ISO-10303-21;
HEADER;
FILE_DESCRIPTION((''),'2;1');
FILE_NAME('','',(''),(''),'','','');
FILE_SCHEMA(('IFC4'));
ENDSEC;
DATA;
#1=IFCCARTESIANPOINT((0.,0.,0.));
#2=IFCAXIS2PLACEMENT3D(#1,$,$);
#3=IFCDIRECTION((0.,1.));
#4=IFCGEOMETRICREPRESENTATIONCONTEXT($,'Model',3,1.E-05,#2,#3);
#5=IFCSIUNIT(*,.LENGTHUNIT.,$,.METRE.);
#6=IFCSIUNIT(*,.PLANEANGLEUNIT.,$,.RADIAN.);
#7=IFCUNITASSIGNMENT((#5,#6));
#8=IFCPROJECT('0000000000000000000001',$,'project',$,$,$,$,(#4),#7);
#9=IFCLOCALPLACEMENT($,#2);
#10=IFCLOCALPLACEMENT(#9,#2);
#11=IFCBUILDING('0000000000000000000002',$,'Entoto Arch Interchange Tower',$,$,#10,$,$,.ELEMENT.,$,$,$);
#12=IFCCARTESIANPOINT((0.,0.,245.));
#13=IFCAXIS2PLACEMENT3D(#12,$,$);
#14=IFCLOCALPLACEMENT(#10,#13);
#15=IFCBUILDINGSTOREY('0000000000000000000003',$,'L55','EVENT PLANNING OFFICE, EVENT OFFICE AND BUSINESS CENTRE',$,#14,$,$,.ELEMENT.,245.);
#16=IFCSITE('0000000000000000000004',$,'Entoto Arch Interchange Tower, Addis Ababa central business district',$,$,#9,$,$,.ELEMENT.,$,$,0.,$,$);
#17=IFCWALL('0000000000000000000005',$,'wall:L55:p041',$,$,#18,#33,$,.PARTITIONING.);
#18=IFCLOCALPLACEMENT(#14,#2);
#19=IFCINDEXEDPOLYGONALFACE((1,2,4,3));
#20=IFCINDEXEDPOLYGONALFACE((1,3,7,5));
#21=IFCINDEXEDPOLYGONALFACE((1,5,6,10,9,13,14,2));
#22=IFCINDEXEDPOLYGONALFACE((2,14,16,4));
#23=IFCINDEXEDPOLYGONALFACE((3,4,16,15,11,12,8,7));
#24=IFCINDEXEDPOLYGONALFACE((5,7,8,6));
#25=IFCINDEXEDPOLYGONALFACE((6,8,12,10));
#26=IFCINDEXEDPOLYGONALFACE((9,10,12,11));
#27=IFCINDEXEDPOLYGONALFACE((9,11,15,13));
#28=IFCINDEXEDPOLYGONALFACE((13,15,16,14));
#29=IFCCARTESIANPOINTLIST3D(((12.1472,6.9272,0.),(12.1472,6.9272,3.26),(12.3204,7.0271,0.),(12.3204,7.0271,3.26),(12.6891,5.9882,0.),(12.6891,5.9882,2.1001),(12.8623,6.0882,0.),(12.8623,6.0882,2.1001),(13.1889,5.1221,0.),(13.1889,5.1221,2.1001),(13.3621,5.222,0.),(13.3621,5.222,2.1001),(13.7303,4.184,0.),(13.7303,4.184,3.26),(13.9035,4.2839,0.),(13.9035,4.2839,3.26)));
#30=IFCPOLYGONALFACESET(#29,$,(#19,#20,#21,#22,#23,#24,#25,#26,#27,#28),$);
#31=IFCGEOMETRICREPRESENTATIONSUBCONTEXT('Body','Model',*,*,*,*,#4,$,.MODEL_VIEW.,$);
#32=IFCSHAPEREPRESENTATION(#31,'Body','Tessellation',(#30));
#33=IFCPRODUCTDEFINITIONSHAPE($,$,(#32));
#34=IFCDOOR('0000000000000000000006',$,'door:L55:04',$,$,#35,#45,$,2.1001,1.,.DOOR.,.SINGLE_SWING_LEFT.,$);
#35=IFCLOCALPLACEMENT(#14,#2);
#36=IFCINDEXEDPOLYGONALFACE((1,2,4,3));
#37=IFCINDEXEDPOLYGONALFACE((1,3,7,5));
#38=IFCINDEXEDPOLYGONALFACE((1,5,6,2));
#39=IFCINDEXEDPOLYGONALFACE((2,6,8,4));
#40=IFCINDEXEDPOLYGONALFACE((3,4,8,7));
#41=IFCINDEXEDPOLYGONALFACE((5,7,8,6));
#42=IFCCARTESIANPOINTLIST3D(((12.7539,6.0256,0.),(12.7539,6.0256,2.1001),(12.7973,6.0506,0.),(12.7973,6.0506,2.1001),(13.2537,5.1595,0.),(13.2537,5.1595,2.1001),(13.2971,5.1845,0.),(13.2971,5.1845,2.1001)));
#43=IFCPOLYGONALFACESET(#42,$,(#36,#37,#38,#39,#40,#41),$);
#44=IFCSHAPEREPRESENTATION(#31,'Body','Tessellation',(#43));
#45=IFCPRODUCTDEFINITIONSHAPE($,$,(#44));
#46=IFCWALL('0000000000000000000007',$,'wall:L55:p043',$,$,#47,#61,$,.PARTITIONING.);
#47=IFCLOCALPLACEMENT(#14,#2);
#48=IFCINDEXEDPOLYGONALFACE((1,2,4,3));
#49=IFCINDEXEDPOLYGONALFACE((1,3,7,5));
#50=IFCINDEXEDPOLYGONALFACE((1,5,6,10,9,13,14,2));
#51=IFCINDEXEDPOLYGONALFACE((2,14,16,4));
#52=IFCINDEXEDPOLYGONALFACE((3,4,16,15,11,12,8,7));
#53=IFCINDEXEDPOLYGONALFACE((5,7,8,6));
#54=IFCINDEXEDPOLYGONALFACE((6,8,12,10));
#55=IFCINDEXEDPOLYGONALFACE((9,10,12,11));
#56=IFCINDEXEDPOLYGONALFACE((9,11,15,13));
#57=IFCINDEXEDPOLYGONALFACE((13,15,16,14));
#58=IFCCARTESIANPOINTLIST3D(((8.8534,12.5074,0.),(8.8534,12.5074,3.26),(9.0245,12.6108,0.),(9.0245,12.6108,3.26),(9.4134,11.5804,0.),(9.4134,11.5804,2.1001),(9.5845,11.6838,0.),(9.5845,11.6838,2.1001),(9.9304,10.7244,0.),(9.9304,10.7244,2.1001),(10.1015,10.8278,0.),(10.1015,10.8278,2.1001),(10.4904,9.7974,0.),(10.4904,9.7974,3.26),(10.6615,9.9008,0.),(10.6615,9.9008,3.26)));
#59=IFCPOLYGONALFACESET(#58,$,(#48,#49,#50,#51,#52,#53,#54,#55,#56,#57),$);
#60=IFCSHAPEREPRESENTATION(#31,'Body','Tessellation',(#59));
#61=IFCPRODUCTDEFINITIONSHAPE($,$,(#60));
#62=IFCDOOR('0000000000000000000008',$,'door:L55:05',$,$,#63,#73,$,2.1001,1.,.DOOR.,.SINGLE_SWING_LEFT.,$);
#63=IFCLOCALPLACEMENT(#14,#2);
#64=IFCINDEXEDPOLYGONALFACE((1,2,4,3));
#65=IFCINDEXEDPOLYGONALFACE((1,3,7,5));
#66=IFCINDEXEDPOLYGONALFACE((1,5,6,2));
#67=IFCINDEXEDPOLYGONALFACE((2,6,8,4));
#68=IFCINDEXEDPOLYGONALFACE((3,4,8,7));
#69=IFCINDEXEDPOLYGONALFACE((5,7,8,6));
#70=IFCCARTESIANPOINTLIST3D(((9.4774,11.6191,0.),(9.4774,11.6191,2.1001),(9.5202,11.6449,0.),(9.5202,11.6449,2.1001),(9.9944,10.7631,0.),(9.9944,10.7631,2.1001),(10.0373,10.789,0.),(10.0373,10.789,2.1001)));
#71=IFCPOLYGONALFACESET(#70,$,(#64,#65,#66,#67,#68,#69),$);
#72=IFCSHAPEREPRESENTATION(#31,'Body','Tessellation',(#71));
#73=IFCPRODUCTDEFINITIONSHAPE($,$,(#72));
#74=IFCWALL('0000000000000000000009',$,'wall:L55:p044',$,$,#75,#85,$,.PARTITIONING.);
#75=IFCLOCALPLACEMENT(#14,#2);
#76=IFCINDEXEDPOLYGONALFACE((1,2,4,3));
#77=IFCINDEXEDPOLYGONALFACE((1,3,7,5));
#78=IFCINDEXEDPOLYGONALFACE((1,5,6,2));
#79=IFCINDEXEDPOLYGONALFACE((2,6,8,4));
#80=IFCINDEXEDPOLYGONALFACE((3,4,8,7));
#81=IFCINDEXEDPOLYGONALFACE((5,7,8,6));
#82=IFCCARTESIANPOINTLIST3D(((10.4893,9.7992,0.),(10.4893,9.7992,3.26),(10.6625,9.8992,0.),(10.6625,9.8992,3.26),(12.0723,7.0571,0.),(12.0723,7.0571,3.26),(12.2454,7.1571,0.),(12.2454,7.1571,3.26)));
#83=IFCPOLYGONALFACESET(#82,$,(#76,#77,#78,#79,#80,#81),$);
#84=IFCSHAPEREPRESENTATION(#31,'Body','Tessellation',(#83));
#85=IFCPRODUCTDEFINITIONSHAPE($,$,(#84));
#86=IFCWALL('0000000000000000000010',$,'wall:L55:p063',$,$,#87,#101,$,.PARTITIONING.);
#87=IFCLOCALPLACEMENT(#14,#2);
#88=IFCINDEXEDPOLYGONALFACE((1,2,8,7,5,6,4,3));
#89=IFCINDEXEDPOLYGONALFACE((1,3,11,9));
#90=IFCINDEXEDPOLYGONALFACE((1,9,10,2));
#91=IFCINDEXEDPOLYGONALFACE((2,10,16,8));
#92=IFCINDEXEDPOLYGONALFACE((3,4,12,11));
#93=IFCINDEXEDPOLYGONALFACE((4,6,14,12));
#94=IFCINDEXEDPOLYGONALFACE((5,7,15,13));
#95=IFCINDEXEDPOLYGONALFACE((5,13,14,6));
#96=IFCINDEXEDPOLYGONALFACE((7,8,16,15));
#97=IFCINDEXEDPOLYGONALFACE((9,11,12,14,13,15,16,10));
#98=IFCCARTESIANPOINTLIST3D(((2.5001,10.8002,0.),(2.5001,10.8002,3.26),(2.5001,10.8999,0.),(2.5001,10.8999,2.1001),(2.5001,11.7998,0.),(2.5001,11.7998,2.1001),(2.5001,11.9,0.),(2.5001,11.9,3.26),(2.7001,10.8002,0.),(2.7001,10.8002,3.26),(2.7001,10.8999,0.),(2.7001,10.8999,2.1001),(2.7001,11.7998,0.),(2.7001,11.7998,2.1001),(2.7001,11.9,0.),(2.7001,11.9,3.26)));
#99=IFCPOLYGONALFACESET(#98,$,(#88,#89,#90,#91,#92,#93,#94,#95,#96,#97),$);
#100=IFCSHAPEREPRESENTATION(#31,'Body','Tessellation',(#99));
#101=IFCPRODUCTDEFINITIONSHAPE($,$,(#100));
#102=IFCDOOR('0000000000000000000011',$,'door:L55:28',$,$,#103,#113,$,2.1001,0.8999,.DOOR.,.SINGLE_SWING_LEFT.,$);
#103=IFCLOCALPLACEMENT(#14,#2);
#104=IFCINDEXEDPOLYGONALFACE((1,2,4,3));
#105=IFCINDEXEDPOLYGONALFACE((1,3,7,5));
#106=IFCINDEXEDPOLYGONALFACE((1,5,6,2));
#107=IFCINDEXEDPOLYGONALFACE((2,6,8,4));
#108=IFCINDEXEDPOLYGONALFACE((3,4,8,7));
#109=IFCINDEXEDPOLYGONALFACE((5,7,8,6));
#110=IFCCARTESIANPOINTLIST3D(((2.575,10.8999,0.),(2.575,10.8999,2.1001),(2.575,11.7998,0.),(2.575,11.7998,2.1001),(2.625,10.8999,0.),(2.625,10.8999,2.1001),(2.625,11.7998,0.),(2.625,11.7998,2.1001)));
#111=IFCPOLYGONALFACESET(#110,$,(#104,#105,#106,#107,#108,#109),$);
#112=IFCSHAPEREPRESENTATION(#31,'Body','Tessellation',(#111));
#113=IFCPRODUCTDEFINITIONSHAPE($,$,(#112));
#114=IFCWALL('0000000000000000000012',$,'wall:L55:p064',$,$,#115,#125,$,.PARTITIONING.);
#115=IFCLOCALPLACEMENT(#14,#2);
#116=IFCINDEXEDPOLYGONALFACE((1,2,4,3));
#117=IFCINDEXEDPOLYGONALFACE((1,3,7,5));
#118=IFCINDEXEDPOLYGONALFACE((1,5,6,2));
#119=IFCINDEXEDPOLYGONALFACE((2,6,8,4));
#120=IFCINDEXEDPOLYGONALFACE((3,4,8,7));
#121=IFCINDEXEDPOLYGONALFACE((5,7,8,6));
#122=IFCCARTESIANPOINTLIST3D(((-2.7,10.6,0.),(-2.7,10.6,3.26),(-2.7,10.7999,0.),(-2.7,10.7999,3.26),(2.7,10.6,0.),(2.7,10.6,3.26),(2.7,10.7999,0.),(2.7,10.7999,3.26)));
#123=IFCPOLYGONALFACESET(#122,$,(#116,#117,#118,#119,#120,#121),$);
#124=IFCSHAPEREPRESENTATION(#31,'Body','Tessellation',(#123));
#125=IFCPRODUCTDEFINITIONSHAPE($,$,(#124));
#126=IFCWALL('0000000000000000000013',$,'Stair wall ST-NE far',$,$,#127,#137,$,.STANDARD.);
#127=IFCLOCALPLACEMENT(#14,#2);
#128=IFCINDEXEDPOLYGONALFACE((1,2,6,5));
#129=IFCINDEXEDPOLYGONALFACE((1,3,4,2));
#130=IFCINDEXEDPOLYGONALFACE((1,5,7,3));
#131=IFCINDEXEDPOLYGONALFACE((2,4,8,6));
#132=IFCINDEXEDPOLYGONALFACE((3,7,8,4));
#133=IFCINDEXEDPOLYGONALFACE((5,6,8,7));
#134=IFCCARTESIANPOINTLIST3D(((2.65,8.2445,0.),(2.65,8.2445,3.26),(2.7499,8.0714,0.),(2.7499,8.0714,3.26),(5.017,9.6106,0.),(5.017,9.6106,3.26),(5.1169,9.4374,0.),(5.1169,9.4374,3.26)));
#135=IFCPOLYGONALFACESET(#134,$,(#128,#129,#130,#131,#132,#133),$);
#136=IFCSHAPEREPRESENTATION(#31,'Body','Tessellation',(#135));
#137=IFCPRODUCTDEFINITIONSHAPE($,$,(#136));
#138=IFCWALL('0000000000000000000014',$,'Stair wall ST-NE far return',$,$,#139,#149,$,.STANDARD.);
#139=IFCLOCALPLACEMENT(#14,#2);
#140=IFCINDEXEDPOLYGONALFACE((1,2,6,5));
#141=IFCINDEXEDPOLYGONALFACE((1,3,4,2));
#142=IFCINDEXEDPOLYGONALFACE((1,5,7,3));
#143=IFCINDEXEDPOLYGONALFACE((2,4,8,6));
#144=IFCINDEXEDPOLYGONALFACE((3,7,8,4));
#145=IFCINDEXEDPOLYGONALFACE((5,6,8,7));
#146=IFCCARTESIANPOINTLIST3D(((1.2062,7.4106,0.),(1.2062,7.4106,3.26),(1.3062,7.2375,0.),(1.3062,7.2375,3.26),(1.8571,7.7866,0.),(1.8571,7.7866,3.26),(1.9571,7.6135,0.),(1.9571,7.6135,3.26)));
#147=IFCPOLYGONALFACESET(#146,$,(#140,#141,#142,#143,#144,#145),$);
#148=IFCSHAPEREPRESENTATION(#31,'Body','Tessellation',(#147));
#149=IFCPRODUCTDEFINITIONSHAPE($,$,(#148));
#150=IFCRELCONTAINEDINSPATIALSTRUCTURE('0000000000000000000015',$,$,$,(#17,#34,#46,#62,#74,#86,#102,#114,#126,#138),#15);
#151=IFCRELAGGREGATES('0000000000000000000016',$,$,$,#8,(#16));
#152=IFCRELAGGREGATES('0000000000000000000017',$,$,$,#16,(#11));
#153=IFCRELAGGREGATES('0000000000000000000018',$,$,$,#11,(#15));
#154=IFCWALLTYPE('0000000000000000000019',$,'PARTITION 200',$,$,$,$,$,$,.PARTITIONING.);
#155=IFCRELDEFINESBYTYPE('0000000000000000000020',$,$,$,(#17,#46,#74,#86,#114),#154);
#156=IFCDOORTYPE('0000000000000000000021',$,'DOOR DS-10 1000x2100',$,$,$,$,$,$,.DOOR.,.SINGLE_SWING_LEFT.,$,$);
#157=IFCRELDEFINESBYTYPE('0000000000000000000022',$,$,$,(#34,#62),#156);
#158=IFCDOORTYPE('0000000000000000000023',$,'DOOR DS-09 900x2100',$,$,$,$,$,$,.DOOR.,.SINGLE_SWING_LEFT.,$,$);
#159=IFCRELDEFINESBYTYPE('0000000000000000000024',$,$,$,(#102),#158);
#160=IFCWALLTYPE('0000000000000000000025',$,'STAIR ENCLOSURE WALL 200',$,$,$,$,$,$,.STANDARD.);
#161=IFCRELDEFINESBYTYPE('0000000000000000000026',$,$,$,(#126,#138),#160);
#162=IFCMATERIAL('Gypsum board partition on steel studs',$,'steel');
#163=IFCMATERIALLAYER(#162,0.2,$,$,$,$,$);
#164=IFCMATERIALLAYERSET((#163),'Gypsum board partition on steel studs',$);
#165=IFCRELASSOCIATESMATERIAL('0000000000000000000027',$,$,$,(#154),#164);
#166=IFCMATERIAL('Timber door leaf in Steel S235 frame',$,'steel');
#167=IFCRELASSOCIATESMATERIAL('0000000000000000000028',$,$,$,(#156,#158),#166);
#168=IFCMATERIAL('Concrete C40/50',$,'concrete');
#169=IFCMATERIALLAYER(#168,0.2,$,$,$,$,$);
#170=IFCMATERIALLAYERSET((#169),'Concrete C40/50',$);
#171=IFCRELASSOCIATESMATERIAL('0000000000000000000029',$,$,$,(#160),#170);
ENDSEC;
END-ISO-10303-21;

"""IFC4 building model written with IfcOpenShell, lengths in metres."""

from ifc_helpers import new_model, si_unit, direction, frame, frame_2d, origin, place, context, subcontext, project, spatial, rectangle, extrude, material, layer, layer_set, type_object, element, fill, save


model = new_model("IFC4")

# Units and contexts
model_context = context("Model", 3, precision=1e-05, world=origin(), true_north=direction((0.0, 1.0)))
body_context = subcontext(model_context, "Body", "Model", "MODEL_VIEW")
ifc_project = project(units=[si_unit("LENGTHUNIT", "METRE"), si_unit("PLANEANGLEUNIT", "RADIAN")], contexts=[model_context])

# Site, building, storey
site_placement = place(None, origin())
site = spatial("IfcSite", under=ifc_project, at=site_placement, Name="Entoto Arch Interchange Tower, Addis Ababa central business district", CompositionType="ELEMENT", RefElevation=0.0)
building_placement = place(site_placement, origin())
building = spatial("IfcBuilding", under=site, at=building_placement, Name="Entoto Arch Interchange Tower", CompositionType="ELEMENT")
storey_placement = place(building_placement, frame((0.0, 0.0, 245.0)))
storey = spatial("IfcBuildingStorey", under=building, at=storey_placement, Name="L55", Description="EVENT PLANNING OFFICE, EVENT OFFICE AND BUSINESS CENTRE", CompositionType="ELEMENT", Elevation=245.0)

# Shared definitions
ifc_material_1 = material(Name="Concrete C40/50", Category="concrete")

# Shared definitions
ifc_material_2 = material(Name="Gypsum board partition on steel studs", Category="steel")

# Walls, openings, doors
ifc_layer_1 = layer(ifc_material_2, 0.2)
ifc_layer_set_1 = layer_set([ifc_layer_1], Name="Gypsum board partition on steel studs")
wall_type_1 = type_object("IfcWallType", Name="PARTITION 200", PredefinedType="PARTITIONING", material=ifc_layer_set_1)
wall_1_placement = place(storey_placement, frame((12.2339, 6.9771, 0.0), z_axis=(0.0, 0.0, 1.0), x_axis=(0.49982, -0.866129, 0.0)))
wall_1 = element("IfcWall", 1, at=wall_1_placement, inside=storey, type_object=wall_type_1, Name="wall:L55:p041", PredefinedType="PARTITIONING", context=body_context, shape_type="SweptSolid", body=[
    extrude(rectangle(XDim=3.1672, YDim=0.2, at=frame_2d((1.5835, 0.0))), origin(), (0.0, 0.0, 1.0), 3.26),
])
opening_1_placement = place(wall_1_placement, frame((1.084, 0.0, 0.0)))
opening_1 = element("IfcOpeningElement", 2, at=opening_1_placement, cuts=wall_1, PredefinedType="OPENING", context=body_context, shape_type="SweptSolid", body=[
    extrude(rectangle(XDim=1.0, YDim=2.1001, at=frame_2d((0.5, 1.05))), frame((0.0, 0.1099, 0.0), z_axis=(0.0, -1.0, 0.0), x_axis=(1.0, 0.0, 0.0)), (0.0, 0.0, 1.0), 0.22),
])
ifc_material_3 = material(Name="Timber door leaf in Steel S235 frame", Category="steel")
door_type_1 = type_object("IfcDoorType", Name="DOOR DS-10 1000x2100", OperationType="SINGLE_SWING_LEFT", PredefinedType="DOOR", material=ifc_material_3)
door_1_placement = place(opening_1_placement, origin())
door_1 = element("IfcDoor", 3, at=door_1_placement, inside=storey, type_object=door_type_1, Name="door:L55:04", OperationType="SINGLE_SWING_LEFT", OverallHeight=2.1001, OverallWidth=1.0, PredefinedType="DOOR", context=body_context, shape_type="SweptSolid", body=[
    extrude(rectangle(XDim=1.0, YDim=2.1001, at=frame_2d((0.5, 1.05))), frame((0.0, 0.0249, 0.0), z_axis=(0.0, -1.0, 0.0), x_axis=(1.0, 0.0, 0.0)), (0.0, 0.0, 1.0), 0.05),
])
fill(opening_1, door_1)
wall_2_placement = place(storey_placement, frame((8.939, 12.5591, 0.0), z_axis=(0.0, 0.0, 1.0), x_axis=(0.517045, -0.855958, 0.0)))
wall_2 = element("IfcWall", 4, at=wall_2_placement, inside=storey, type_object=wall_type_1, Name="wall:L55:p043", PredefinedType="PARTITIONING", context=body_context, shape_type="SweptSolid", body=[
    extrude(rectangle(XDim=3.166, YDim=0.2, at=frame_2d((1.583, 0.0))), origin(), (0.0, 0.0, 1.0), 3.26),
])
opening_2_placement = place(wall_2_placement, frame((1.083, 0.0, 0.0)))
opening_2 = element("IfcOpeningElement", 5, at=opening_2_placement, cuts=wall_2, PredefinedType="OPENING", context=body_context, shape_type="SweptSolid", body=[
    extrude(rectangle(XDim=1.0, YDim=2.1001, at=frame_2d((0.5, 1.05))), frame((0.0, 0.1099, 0.0), z_axis=(0.0, -1.0, 0.0), x_axis=(1.0, 0.0, 0.0)), (0.0, 0.0, 1.0), 0.22),
])
door_2_placement = place(opening_2_placement, origin())
door_2 = element("IfcDoor", 6, at=door_2_placement, inside=storey, type_object=door_type_1, Name="door:L55:05", OperationType="SINGLE_SWING_LEFT", OverallHeight=2.1001, OverallWidth=1.0, PredefinedType="DOOR", context=body_context, shape_type="SweptSolid", body=[
    extrude(rectangle(XDim=1.0, YDim=2.1001, at=frame_2d((0.5, 1.05))), frame((0.0, 0.0249, 0.0), z_axis=(0.0, -1.0, 0.0), x_axis=(1.0, 0.0, 0.0)), (0.0, 0.0, 1.0), 0.05),
])
fill(opening_2, door_2)

# Wall
wall_3_placement = place(storey_placement, frame((10.5759, 9.8491, 0.0), z_axis=(0.0, 0.0, 1.0), x_axis=(0.499954, -0.866052, 0.0)))
element("IfcWall", 7, at=wall_3_placement, inside=storey, type_object=wall_type_1, Name="wall:L55:p044", PredefinedType="PARTITIONING", context=body_context, shape_type="SweptSolid", body=[
    extrude(rectangle(XDim=3.1663, YDim=0.2, at=frame_2d((1.583, 0.0))), origin(), (0.0, 0.0, 1.0), 3.26),
])

# Wall, opening, door
wall_4_placement = place(storey_placement, frame((2.6001, 11.8999, 0.0), z_axis=(0.0, 0.0, 1.0), x_axis=(0.0, -1.0, 0.0)))
wall_4 = element("IfcWall", 8, at=wall_4_placement, inside=storey, type_object=wall_type_1, Name="wall:L55:p063", PredefinedType="PARTITIONING", context=body_context, shape_type="SweptSolid", body=[
    extrude(rectangle(XDim=1.0999, YDim=0.2, at=frame_2d((0.5498, 0.0))), origin(), (0.0, 0.0, 1.0), 3.26),
])
opening_3_placement = place(wall_4_placement, frame((0.1001, 0.0, 0.0)))
opening_3 = element("IfcOpeningElement", 9, at=opening_3_placement, cuts=wall_4, PredefinedType="OPENING", context=body_context, shape_type="SweptSolid", body=[
    extrude(rectangle(XDim=0.8999, YDim=2.1001, at=frame_2d((0.45, 1.05))), frame((0.0, 0.1099, 0.0), z_axis=(0.0, -1.0, 0.0), x_axis=(1.0, 0.0, 0.0)), (0.0, 0.0, 1.0), 0.22),
])
door_type_2 = type_object("IfcDoorType", Name="DOOR DS-09 900x2100", OperationType="SINGLE_SWING_LEFT", PredefinedType="DOOR", material=ifc_material_3)
door_3_placement = place(opening_3_placement, origin())
door_3 = element("IfcDoor", 10, at=door_3_placement, inside=storey, type_object=door_type_2, Name="door:L55:28", OperationType="SINGLE_SWING_LEFT", OverallHeight=2.1001, OverallWidth=0.8999, PredefinedType="DOOR", context=body_context, shape_type="SweptSolid", body=[
    extrude(rectangle(XDim=0.8999, YDim=2.1001, at=frame_2d((0.45, 1.05))), frame((0.0, 0.0249, 0.0), z_axis=(0.0, -1.0, 0.0), x_axis=(1.0, 0.0, 0.0)), (0.0, 0.0, 1.0), 0.05),
])
fill(opening_3, door_3)

# Walls
wall_5_placement = place(storey_placement, frame((2.7, 10.7, 0.0), z_axis=(0.0, 0.0, 1.0), x_axis=(-1.0, 0.0, 0.0)))
element("IfcWall", 11, at=wall_5_placement, inside=storey, type_object=wall_type_1, Name="wall:L55:p064", PredefinedType="PARTITIONING", context=body_context, shape_type="SweptSolid", body=[
    extrude(rectangle(XDim=5.3999, YDim=0.2, at=frame_2d((2.7, 0.0))), origin(), (0.0, 0.0, 1.0), 3.26),
])
ifc_layer_2 = layer(ifc_material_1, 0.2)
ifc_layer_set_2 = layer_set([ifc_layer_2], Name="Concrete C40/50")
wall_type_2 = type_object("IfcWallType", Name="STAIR ENCLOSURE WALL 200", PredefinedType="STANDARD", material=ifc_layer_set_2)
wall_6_placement = place(storey_placement, frame((2.7, 8.158, 0.0), z_axis=(0.0, 0.0, 1.0), x_axis=(0.866119, 0.499838, 0.0)))
element("IfcWall", 12, at=wall_6_placement, inside=storey, type_object=wall_type_2, Name="Stair wall ST-NE far", PredefinedType="STANDARD", context=body_context, shape_type="SweptSolid", body=[
    extrude(rectangle(XDim=2.7329, YDim=0.2, at=frame_2d((1.3665, 0.0))), origin(), (0.0, 0.0, 1.0), 3.26),
])
wall_7_placement = place(storey_placement, frame((1.2561, 7.324, 0.0), z_axis=(0.0, 0.0, 1.0), x_axis=(0.865915, 0.500191, 0.0)))
element("IfcWall", 13, at=wall_7_placement, inside=storey, type_object=wall_type_2, Name="Stair wall ST-NE far return", PredefinedType="STANDARD", context=body_context, shape_type="SweptSolid", body=[
    extrude(rectangle(XDim=0.7517, YDim=0.2, at=frame_2d((0.376, 0.0))), origin(), (0.0, 0.0, 1.0), 3.26),
])

save(model, "model.ifc")
